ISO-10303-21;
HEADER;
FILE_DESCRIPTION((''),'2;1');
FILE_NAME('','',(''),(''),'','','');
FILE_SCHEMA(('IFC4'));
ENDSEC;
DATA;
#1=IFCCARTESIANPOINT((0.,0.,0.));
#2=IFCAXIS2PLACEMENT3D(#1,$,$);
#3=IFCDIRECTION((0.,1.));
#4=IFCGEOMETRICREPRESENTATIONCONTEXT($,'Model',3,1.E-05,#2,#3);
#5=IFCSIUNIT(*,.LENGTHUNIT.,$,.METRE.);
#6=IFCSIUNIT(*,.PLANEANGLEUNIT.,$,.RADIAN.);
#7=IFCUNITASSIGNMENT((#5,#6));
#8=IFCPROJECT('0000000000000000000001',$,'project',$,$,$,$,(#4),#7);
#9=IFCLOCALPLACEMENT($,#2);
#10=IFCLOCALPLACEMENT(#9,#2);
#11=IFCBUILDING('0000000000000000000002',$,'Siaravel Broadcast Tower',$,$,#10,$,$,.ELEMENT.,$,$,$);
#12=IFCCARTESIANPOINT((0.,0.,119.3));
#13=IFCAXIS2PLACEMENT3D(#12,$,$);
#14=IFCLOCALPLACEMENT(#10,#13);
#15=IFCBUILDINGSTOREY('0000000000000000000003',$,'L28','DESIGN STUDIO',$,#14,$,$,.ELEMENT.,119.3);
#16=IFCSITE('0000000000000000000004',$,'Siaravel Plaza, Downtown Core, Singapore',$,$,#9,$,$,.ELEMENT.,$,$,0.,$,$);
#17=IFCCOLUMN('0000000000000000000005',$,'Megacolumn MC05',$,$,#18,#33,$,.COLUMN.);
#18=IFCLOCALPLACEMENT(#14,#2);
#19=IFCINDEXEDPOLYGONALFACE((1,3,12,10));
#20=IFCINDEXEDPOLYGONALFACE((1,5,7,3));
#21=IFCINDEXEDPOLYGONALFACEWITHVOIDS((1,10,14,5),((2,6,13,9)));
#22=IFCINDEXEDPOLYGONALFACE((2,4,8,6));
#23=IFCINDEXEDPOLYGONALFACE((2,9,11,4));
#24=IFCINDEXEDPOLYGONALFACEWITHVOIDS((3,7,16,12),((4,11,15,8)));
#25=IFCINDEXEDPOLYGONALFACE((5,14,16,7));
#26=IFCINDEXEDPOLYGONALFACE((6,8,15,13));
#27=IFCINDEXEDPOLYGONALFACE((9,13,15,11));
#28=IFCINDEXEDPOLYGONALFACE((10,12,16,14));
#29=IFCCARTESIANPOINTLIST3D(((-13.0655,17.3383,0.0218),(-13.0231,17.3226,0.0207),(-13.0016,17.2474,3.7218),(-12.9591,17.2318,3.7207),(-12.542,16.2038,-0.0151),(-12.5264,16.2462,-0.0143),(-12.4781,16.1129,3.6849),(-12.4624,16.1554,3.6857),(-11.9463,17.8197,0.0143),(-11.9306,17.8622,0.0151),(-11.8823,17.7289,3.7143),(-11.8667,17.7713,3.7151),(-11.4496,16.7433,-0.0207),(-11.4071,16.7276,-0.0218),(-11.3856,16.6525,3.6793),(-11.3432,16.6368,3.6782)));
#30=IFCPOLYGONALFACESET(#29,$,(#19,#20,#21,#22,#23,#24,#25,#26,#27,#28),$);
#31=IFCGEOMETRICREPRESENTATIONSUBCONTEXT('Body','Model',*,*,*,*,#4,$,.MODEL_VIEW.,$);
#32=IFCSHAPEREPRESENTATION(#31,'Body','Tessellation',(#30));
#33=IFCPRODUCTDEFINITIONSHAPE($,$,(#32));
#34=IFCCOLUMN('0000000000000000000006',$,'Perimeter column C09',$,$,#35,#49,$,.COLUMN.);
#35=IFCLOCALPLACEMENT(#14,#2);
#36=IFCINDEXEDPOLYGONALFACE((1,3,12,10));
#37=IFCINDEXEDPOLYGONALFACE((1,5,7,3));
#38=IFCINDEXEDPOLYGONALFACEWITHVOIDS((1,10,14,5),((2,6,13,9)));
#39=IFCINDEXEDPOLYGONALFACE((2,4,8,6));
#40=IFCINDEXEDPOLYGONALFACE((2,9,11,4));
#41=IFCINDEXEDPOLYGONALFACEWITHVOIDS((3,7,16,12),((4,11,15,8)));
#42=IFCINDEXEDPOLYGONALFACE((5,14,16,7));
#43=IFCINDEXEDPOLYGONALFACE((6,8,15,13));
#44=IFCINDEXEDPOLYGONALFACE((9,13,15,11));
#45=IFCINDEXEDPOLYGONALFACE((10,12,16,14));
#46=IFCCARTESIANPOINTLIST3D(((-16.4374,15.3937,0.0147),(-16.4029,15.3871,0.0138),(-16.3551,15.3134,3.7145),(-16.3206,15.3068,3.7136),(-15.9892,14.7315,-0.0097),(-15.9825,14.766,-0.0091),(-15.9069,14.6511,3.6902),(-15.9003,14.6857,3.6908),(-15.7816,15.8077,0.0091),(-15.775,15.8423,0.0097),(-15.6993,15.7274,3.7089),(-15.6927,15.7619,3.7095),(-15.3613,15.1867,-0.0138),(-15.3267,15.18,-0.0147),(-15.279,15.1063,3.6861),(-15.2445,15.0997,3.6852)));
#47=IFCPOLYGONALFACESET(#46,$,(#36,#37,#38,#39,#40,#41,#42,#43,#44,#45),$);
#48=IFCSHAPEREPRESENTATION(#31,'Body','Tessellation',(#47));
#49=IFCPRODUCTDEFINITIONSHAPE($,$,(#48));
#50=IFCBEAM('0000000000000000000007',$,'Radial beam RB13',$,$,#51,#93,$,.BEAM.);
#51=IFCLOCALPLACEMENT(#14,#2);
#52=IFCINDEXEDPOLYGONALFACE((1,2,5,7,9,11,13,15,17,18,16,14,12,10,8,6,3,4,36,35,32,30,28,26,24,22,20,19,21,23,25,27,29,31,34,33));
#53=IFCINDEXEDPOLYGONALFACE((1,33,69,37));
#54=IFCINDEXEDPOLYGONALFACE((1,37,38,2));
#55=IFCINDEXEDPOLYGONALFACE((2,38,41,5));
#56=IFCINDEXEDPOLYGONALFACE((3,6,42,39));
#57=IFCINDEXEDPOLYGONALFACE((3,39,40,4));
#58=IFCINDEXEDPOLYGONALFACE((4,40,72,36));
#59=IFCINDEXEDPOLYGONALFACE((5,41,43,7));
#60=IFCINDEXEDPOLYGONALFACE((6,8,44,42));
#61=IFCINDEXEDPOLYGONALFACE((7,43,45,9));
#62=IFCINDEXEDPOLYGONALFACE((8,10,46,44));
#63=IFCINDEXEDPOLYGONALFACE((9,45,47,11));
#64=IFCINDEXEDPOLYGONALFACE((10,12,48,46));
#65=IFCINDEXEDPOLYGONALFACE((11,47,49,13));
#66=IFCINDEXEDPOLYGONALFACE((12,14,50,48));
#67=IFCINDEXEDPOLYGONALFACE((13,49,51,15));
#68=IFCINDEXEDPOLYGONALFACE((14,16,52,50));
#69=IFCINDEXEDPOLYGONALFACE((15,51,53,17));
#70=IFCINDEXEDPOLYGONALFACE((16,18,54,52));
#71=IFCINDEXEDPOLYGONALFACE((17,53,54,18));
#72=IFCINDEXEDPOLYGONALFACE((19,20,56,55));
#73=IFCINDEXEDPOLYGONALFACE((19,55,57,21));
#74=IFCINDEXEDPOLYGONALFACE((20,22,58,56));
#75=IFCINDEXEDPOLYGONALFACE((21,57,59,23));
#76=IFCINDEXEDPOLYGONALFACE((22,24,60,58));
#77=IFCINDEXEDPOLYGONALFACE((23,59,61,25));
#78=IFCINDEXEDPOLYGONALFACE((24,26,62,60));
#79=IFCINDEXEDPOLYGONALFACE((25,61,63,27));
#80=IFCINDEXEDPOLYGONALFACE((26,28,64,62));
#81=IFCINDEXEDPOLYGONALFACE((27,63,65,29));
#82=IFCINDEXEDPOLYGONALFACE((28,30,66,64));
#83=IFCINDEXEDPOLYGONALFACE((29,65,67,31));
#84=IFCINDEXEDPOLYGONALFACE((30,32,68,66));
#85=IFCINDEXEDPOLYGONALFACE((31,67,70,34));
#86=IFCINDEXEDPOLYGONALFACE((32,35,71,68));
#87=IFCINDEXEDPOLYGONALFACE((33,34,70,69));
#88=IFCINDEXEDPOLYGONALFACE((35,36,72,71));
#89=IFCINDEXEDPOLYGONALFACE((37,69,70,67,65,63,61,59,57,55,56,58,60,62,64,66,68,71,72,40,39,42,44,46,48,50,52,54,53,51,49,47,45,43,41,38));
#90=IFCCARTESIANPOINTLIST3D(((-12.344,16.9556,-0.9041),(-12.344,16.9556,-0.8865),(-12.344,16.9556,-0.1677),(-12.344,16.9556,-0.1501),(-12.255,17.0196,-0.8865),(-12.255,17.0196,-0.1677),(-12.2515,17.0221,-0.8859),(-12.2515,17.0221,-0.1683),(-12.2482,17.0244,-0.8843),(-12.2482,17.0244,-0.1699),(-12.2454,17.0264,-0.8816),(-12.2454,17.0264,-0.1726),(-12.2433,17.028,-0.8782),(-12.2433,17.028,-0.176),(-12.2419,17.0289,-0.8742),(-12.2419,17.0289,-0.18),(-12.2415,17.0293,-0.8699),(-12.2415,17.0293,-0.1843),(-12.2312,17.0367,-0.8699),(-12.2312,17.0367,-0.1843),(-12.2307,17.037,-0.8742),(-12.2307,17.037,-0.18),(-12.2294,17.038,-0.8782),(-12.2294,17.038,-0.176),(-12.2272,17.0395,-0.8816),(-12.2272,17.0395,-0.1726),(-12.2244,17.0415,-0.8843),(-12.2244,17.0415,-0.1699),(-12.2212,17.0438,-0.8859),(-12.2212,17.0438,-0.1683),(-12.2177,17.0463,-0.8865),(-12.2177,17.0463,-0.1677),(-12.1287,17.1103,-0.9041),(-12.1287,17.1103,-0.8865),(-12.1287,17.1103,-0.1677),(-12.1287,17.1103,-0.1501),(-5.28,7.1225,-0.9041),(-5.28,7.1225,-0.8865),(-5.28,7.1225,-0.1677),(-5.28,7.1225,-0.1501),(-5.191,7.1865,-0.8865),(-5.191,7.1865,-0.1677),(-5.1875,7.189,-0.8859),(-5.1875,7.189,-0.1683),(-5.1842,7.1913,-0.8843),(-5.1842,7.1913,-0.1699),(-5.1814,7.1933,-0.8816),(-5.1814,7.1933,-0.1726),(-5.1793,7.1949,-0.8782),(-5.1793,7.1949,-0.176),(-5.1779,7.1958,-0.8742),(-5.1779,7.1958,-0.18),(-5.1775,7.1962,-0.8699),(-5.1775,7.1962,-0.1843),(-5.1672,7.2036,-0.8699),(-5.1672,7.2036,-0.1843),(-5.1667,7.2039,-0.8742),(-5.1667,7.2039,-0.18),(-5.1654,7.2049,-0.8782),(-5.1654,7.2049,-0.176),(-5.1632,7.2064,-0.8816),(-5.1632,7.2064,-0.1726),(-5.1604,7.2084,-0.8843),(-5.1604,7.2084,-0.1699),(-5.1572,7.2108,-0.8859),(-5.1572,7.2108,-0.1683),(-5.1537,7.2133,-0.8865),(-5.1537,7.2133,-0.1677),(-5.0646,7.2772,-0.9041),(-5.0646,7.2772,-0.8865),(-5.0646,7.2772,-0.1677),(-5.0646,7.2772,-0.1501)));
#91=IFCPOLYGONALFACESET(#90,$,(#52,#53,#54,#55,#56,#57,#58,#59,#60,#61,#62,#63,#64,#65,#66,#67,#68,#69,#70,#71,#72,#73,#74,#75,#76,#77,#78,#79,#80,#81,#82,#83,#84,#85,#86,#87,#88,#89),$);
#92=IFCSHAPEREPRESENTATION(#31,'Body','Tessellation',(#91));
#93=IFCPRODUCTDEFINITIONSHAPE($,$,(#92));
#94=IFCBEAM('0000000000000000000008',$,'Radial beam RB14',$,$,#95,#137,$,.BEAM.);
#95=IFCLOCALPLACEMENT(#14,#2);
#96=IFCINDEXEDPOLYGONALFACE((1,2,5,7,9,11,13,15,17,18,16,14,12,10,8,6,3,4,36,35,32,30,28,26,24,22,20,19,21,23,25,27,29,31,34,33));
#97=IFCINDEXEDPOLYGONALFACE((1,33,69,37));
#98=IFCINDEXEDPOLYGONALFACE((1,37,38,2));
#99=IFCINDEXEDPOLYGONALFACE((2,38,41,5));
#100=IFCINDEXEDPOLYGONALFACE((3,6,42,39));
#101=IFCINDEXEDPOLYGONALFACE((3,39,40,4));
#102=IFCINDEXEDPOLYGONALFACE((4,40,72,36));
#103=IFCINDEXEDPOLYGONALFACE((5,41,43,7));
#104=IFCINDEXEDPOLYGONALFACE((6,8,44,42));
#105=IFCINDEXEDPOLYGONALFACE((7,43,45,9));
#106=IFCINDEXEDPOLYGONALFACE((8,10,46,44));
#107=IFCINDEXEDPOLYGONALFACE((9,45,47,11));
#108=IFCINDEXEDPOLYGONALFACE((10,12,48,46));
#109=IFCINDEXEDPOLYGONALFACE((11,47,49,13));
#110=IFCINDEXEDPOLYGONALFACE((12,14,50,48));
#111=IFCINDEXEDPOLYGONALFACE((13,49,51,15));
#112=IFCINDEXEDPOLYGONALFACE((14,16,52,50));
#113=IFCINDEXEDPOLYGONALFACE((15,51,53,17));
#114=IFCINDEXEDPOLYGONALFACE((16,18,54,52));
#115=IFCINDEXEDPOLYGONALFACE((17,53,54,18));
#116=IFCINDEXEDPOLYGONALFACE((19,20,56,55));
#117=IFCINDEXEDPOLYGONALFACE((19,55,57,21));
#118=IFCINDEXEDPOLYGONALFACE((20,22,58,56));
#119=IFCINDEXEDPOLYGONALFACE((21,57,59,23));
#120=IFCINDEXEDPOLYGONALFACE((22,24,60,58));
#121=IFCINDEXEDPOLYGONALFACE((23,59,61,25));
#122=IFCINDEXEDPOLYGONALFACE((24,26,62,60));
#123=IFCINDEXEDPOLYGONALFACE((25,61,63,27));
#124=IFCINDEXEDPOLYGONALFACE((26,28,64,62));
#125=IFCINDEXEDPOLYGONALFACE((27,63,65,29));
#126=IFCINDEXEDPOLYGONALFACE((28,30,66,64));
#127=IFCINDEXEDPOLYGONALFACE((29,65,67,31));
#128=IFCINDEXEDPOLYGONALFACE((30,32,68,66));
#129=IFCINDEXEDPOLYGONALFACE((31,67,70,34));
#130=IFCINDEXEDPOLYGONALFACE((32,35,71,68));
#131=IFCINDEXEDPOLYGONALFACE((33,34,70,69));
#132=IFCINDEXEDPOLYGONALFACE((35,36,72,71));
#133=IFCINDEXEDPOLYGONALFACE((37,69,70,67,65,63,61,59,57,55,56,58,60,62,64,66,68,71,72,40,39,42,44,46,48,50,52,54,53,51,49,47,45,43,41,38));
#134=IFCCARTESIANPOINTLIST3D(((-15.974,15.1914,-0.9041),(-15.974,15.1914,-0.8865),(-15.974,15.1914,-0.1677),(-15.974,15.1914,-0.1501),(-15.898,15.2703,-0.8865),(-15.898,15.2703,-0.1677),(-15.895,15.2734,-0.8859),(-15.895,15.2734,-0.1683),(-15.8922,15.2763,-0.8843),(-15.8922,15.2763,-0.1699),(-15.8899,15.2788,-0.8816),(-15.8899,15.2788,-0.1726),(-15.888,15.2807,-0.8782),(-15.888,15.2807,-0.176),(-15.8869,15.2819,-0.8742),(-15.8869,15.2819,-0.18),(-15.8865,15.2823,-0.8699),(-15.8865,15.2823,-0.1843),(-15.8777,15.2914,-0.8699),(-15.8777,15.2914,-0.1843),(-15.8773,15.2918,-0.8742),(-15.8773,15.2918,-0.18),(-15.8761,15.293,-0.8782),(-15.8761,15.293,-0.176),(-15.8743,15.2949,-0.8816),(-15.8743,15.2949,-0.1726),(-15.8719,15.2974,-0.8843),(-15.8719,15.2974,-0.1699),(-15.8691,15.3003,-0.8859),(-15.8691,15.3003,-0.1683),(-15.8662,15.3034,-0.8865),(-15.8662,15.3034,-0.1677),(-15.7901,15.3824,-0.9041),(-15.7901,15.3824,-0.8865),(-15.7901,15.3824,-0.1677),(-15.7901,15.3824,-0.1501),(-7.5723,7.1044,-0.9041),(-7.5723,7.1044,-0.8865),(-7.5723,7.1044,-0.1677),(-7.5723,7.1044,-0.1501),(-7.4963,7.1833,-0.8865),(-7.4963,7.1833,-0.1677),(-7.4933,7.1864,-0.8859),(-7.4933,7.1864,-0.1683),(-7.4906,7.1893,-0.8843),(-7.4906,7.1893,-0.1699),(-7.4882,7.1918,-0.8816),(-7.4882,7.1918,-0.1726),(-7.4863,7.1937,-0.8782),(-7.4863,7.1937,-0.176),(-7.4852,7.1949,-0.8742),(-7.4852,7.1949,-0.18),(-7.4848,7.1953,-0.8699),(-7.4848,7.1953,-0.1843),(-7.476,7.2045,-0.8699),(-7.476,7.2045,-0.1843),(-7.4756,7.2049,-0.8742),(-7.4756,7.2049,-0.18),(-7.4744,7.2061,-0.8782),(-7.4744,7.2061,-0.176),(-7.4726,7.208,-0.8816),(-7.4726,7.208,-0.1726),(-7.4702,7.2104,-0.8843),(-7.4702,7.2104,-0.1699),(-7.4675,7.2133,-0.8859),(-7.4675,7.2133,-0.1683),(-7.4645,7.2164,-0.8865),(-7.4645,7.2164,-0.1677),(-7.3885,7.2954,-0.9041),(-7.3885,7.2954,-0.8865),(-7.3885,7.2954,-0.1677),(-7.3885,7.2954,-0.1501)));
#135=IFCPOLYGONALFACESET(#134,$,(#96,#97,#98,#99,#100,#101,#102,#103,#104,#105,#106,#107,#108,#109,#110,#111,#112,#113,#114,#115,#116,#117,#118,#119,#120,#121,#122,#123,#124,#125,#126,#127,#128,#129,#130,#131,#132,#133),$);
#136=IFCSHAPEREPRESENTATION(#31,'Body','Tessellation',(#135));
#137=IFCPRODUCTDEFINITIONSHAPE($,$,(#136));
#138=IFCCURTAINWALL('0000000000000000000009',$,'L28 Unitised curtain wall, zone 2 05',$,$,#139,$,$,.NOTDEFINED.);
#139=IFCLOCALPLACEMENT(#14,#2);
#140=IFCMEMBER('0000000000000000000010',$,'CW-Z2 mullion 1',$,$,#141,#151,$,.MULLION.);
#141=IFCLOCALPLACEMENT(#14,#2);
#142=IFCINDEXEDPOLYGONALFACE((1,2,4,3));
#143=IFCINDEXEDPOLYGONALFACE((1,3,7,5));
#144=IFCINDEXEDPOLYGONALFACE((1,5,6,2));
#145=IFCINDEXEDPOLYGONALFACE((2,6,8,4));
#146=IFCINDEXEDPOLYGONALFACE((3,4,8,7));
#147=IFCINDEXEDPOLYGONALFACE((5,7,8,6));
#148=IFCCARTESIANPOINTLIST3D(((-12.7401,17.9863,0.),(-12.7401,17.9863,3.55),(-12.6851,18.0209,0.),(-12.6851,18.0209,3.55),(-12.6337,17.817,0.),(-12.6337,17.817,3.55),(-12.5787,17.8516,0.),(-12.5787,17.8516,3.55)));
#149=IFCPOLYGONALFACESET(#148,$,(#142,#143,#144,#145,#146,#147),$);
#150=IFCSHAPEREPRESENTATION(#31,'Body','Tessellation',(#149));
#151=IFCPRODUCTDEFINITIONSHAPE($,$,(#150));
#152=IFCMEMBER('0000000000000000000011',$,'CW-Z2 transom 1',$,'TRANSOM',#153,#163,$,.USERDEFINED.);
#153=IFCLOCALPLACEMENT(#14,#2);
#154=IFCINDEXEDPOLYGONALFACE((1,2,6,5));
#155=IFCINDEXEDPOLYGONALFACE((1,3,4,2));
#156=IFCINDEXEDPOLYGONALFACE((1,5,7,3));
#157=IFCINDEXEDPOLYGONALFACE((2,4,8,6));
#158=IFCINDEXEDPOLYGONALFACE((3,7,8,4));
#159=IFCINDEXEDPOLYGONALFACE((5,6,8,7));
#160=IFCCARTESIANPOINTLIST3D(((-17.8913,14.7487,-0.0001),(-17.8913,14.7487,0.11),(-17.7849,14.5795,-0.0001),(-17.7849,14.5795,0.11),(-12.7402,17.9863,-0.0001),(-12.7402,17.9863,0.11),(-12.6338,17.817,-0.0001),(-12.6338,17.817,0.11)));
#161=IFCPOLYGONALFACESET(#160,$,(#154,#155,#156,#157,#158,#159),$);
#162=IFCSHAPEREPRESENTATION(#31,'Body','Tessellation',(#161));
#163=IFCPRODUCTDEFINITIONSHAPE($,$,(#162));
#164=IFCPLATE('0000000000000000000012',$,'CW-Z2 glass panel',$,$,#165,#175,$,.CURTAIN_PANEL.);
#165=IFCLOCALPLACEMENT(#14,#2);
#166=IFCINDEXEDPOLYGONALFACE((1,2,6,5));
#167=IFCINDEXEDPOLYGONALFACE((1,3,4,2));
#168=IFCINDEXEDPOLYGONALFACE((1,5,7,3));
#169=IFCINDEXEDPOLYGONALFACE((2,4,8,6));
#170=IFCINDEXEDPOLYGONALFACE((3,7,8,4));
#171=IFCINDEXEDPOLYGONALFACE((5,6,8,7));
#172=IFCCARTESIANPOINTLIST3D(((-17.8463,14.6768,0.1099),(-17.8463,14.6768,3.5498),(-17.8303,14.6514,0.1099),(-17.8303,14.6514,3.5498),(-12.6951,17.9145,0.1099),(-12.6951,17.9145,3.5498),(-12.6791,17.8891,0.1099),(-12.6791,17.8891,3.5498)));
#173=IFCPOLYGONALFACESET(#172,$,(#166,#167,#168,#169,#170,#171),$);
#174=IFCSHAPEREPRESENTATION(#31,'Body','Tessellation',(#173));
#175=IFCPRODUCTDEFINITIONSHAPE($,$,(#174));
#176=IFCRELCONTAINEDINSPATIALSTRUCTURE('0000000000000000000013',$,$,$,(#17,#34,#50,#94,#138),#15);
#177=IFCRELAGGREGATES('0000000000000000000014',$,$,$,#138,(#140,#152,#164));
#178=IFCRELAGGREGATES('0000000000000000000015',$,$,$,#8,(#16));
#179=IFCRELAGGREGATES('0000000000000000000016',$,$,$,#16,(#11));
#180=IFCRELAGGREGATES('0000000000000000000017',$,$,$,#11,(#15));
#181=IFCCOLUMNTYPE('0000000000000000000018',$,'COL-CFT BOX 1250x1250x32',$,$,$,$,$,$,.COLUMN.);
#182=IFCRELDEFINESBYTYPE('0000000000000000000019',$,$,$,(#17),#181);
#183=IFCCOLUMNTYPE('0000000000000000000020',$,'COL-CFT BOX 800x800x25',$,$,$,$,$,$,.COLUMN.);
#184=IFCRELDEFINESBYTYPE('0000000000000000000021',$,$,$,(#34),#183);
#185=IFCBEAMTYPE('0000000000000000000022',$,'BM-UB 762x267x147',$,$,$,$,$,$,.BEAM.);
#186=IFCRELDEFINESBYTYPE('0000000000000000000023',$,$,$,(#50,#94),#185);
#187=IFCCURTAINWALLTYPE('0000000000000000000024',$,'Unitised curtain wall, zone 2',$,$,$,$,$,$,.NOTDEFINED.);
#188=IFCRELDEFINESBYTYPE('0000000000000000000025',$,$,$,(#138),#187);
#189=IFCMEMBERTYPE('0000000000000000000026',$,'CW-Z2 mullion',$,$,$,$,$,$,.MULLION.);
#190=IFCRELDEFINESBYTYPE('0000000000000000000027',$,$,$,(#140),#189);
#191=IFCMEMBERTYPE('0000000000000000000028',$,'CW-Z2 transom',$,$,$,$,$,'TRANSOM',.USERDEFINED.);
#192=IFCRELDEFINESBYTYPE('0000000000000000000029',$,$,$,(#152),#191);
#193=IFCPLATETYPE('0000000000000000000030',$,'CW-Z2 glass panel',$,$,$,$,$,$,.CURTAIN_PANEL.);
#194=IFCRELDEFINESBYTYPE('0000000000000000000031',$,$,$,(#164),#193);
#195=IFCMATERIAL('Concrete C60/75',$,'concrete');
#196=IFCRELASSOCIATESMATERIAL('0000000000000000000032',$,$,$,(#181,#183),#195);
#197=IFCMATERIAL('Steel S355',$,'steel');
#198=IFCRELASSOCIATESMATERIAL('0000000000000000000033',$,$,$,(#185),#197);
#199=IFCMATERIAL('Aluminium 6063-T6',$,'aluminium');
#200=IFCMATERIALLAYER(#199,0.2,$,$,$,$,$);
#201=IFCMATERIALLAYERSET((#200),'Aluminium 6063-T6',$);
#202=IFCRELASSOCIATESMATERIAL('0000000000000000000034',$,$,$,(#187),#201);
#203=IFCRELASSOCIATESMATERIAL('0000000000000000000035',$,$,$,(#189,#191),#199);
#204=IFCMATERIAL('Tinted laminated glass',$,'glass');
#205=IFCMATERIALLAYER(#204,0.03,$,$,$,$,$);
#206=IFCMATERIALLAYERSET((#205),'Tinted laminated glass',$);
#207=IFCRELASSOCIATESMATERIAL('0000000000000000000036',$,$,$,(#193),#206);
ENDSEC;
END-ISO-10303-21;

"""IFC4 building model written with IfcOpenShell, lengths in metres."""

from ifc_helpers import new_model, si_unit, direction, frame, origin, origin_2d, place, context, subcontext, project, spatial, rectangle, hollow_rectangle, i_section, extrude, material, layer, layer_set, material_profile, profile_set, type_object, element, aggregate, save


model = new_model("IFC4")

# Units and contexts
model_context = context("Model", 3, precision=1e-05, world=origin(), true_north=direction((0.0, 1.0)))
body_context = subcontext(model_context, "Body", "Model", "MODEL_VIEW")
ifc_project = project(units=[si_unit("LENGTHUNIT", "METRE"), si_unit("PLANEANGLEUNIT", "RADIAN")], contexts=[model_context])

# Site, building, storey
site_placement = place(None, origin())
site = spatial("IfcSite", under=ifc_project, at=site_placement, Name="Siaravel Plaza, Downtown Core, Singapore", CompositionType="ELEMENT", RefElevation=0.0)
building_placement = place(site_placement, origin())
building = spatial("IfcBuilding", under=site, at=building_placement, Name="Siaravel Broadcast Tower", CompositionType="ELEMENT")
storey_placement = place(building_placement, frame((0.0, 0.0, 119.3)))
storey = spatial("IfcBuildingStorey", under=building, at=storey_placement, Name="L28", Description="DESIGN STUDIO", CompositionType="ELEMENT", Elevation=119.3)

# Columns
ifc_material_1 = material(Name="Concrete C60/75", Category="concrete")
ifc_material_profile_1 = material_profile(ifc_material_1, hollow_rectangle(XDim=1.25, YDim=1.25, WallThickness=0.032, at=origin_2d()))
ifc_profile_set_1 = profile_set([ifc_material_profile_1], Name="Concrete C60/75")
column_type_1 = type_object("IfcColumnType", Name="COL-CFT BOX 1250x1250x32", PredefinedType="COLUMN", material=ifc_profile_set_1)
column_1_placement = place(storey_placement, frame((-12.2363, 17.033, 0.0), z_axis=(0.01728, -0.024535, 0.99955), x_axis=(0.90792, 0.419108, -0.005409)))
element("IfcColumn", 1, at=column_1_placement, inside=storey, type_object=column_type_1, Name="Megacolumn MC05", PredefinedType="COLUMN", context=body_context, shape_type="SweptSolid", body=[
    extrude(hollow_rectangle(XDim=1.25, YDim=1.25, WallThickness=0.032, at=origin_2d()), origin(), (0.0, 0.0, 1.0), 3.7017),
])
ifc_material_profile_2 = material_profile(ifc_material_1, hollow_rectangle(XDim=0.8, YDim=0.8, WallThickness=0.0249, at=origin_2d()))
ifc_profile_set_2 = profile_set([ifc_material_profile_2], Name="Concrete C60/75")
column_type_2 = type_object("IfcColumnType", Name="COL-CFT BOX 800x800x25", PredefinedType="COLUMN", material=ifc_profile_set_2)
column_2_placement = place(storey_placement, frame((-15.8821, 15.2869, 0.0), z_axis=(0.022226, -0.021699, 0.999517), x_axis=(0.828038, 0.560637, -0.006242)))
element("IfcColumn", 2, at=column_2_placement, inside=storey, type_object=column_type_2, Name="Perimeter column C09", PredefinedType="COLUMN", context=body_context, shape_type="SweptSolid", body=[
    extrude(hollow_rectangle(XDim=0.8, YDim=0.8, WallThickness=0.0249, at=origin_2d()), origin(), (0.0, 0.0, 1.0), 3.7017),
])

# Beams
ifc_material_2 = material(Name="Steel S355", Category="steel")
ifc_material_profile_3 = material_profile(ifc_material_2, i_section(OverallWidth=0.2651, OverallDepth=0.7539, WebThickness=0.0127, FlangeThickness=0.0176, FilletRadius=0.0166, at=origin_2d()))
ifc_profile_set_3 = profile_set([ifc_material_profile_3], Name="Steel S355")
beam_type = type_object("IfcBeamType", Name="BM-UB 762x267x147", PredefinedType="BEAM", material=ifc_profile_set_3)
beam_1_placement = place(storey_placement, frame((-12.2363, 17.033, -0.5271), z_axis=(0.583445, -0.812153, 0.0), x_axis=(0.812153, 0.583445, 0.0)))
element("IfcBeam", 3, at=beam_1_placement, inside=storey, type_object=beam_type, Name="Radial beam RB13", PredefinedType="BEAM", context=body_context, shape_type="SweptSolid", body=[
    extrude(i_section(OverallWidth=0.2651, OverallDepth=0.7539, WebThickness=0.0127, FlangeThickness=0.0176, FilletRadius=0.0166, at=origin_2d()), origin(), (0.0, 0.0, 1.0), 12.1074),
])
beam_2_placement = place(storey_placement, frame((-15.8821, 15.2869, -0.5271), z_axis=(0.720471, -0.693485, 0.0), x_axis=(0.693485, 0.720471, 0.0)))
element("IfcBeam", 4, at=beam_2_placement, inside=storey, type_object=beam_type, Name="Radial beam RB14", PredefinedType="BEAM", context=body_context, shape_type="SweptSolid", body=[
    extrude(i_section(OverallWidth=0.2651, OverallDepth=0.7539, WebThickness=0.0127, FlangeThickness=0.0176, FilletRadius=0.0166, at=origin_2d()), origin(), (0.0, 0.0, 1.0), 11.6614),
])

# Curtain wall, members, plate
ifc_material_3 = material(Name="Aluminium 6063-T6", Category="aluminium")
ifc_layer_1 = layer(ifc_material_3, 0.2)
ifc_layer_set_1 = layer_set([ifc_layer_1], Name="Aluminium 6063-T6")
curtain_wall_type = type_object("IfcCurtainWallType", Name="Unitised curtain wall, zone 2", PredefinedType="NOTDEFINED", material=ifc_layer_set_1)
curtain_wall_placement = place(storey_placement, origin())
curtain_wall = element("IfcCurtainWall", 5, at=curtain_wall_placement, inside=storey, type_object=curtain_wall_type, Name="L28 Unitised curtain wall, zone 2 05", PredefinedType="NOTDEFINED")
ifc_material_profile_4 = material_profile(ifc_material_3, rectangle(XDim=0.2, YDim=0.0649, at=origin_2d()))
ifc_profile_set_4 = profile_set([ifc_material_profile_4], Name="Aluminium 6063-T6")
member_type_1 = type_object("IfcMemberType", Name="CW-Z2 mullion", PredefinedType="MULLION", material=ifc_profile_set_4)
member_1_placement = place(storey_placement, frame((-12.6594, 17.9189, 0.0), z_axis=(0.0, 0.0, 1.0), x_axis=(0.532149, -0.846651, 0.0)))
member_1 = element("IfcMember", 6, at=member_1_placement, type_object=member_type_1, Name="CW-Z2 mullion 1", PredefinedType="MULLION", context=body_context, shape_type="SweptSolid", body=[
    extrude(rectangle(XDim=0.2, YDim=0.0649, at=origin_2d()), origin(), (0.0, 0.0, 1.0), 3.55),
])
ifc_material_profile_5 = material_profile(ifc_material_3, rectangle(XDim=0.2, YDim=0.1101, at=origin_2d()))
ifc_profile_set_5 = profile_set([ifc_material_profile_5], Name="Aluminium 6063-T6")
member_type_2 = type_object("IfcMemberType", Name="CW-Z2 transom", ElementType="TRANSOM", PredefinedType="USERDEFINED", material=ifc_profile_set_5)
member_2_placement = place(storey_placement, frame((-12.687, 17.9016, 0.0549), z_axis=(-0.846659, -0.532136, 0.0), x_axis=(0.532136, -0.846659, 0.0)))
member_2 = element("IfcMember", 7, at=member_2_placement, type_object=member_type_2, Name="CW-Z2 transom 1", ObjectType="TRANSOM", PredefinedType="USERDEFINED", context=body_context, shape_type="SweptSolid", body=[
    extrude(rectangle(XDim=0.2, YDim=0.1101, at=origin_2d()), origin(), (0.0, 0.0, 1.0), 6.084),
])
ifc_material_4 = material(Name="Tinted laminated glass", Category="glass")
ifc_layer_2 = layer(ifc_material_4, 0.03)
ifc_layer_set_2 = layer_set([ifc_layer_2], Name="Tinted laminated glass")
plate_type = type_object("IfcPlateType", Name="CW-Z2 glass panel", PredefinedType="CURTAIN_PANEL", material=ifc_layer_set_2)
plate_placement = place(storey_placement, frame((-15.2627, 16.283, 0.1099), z_axis=(0.0, 0.0, 1.0), x_axis=(-0.846651, -0.532149, 0.0)))
plate = element("IfcPlate", 8, at=plate_placement, type_object=plate_type, Name="CW-Z2 glass panel", PredefinedType="CURTAIN_PANEL", context=body_context, shape_type="SweptSolid", body=[
    extrude(rectangle(XDim=6.0842, YDim=0.03, at=origin_2d()), origin(), (0.0, 0.0, 1.0), 3.4399),
])
aggregate(curtain_wall, [member_1, member_2, plate])

save(model, "model.ifc")
